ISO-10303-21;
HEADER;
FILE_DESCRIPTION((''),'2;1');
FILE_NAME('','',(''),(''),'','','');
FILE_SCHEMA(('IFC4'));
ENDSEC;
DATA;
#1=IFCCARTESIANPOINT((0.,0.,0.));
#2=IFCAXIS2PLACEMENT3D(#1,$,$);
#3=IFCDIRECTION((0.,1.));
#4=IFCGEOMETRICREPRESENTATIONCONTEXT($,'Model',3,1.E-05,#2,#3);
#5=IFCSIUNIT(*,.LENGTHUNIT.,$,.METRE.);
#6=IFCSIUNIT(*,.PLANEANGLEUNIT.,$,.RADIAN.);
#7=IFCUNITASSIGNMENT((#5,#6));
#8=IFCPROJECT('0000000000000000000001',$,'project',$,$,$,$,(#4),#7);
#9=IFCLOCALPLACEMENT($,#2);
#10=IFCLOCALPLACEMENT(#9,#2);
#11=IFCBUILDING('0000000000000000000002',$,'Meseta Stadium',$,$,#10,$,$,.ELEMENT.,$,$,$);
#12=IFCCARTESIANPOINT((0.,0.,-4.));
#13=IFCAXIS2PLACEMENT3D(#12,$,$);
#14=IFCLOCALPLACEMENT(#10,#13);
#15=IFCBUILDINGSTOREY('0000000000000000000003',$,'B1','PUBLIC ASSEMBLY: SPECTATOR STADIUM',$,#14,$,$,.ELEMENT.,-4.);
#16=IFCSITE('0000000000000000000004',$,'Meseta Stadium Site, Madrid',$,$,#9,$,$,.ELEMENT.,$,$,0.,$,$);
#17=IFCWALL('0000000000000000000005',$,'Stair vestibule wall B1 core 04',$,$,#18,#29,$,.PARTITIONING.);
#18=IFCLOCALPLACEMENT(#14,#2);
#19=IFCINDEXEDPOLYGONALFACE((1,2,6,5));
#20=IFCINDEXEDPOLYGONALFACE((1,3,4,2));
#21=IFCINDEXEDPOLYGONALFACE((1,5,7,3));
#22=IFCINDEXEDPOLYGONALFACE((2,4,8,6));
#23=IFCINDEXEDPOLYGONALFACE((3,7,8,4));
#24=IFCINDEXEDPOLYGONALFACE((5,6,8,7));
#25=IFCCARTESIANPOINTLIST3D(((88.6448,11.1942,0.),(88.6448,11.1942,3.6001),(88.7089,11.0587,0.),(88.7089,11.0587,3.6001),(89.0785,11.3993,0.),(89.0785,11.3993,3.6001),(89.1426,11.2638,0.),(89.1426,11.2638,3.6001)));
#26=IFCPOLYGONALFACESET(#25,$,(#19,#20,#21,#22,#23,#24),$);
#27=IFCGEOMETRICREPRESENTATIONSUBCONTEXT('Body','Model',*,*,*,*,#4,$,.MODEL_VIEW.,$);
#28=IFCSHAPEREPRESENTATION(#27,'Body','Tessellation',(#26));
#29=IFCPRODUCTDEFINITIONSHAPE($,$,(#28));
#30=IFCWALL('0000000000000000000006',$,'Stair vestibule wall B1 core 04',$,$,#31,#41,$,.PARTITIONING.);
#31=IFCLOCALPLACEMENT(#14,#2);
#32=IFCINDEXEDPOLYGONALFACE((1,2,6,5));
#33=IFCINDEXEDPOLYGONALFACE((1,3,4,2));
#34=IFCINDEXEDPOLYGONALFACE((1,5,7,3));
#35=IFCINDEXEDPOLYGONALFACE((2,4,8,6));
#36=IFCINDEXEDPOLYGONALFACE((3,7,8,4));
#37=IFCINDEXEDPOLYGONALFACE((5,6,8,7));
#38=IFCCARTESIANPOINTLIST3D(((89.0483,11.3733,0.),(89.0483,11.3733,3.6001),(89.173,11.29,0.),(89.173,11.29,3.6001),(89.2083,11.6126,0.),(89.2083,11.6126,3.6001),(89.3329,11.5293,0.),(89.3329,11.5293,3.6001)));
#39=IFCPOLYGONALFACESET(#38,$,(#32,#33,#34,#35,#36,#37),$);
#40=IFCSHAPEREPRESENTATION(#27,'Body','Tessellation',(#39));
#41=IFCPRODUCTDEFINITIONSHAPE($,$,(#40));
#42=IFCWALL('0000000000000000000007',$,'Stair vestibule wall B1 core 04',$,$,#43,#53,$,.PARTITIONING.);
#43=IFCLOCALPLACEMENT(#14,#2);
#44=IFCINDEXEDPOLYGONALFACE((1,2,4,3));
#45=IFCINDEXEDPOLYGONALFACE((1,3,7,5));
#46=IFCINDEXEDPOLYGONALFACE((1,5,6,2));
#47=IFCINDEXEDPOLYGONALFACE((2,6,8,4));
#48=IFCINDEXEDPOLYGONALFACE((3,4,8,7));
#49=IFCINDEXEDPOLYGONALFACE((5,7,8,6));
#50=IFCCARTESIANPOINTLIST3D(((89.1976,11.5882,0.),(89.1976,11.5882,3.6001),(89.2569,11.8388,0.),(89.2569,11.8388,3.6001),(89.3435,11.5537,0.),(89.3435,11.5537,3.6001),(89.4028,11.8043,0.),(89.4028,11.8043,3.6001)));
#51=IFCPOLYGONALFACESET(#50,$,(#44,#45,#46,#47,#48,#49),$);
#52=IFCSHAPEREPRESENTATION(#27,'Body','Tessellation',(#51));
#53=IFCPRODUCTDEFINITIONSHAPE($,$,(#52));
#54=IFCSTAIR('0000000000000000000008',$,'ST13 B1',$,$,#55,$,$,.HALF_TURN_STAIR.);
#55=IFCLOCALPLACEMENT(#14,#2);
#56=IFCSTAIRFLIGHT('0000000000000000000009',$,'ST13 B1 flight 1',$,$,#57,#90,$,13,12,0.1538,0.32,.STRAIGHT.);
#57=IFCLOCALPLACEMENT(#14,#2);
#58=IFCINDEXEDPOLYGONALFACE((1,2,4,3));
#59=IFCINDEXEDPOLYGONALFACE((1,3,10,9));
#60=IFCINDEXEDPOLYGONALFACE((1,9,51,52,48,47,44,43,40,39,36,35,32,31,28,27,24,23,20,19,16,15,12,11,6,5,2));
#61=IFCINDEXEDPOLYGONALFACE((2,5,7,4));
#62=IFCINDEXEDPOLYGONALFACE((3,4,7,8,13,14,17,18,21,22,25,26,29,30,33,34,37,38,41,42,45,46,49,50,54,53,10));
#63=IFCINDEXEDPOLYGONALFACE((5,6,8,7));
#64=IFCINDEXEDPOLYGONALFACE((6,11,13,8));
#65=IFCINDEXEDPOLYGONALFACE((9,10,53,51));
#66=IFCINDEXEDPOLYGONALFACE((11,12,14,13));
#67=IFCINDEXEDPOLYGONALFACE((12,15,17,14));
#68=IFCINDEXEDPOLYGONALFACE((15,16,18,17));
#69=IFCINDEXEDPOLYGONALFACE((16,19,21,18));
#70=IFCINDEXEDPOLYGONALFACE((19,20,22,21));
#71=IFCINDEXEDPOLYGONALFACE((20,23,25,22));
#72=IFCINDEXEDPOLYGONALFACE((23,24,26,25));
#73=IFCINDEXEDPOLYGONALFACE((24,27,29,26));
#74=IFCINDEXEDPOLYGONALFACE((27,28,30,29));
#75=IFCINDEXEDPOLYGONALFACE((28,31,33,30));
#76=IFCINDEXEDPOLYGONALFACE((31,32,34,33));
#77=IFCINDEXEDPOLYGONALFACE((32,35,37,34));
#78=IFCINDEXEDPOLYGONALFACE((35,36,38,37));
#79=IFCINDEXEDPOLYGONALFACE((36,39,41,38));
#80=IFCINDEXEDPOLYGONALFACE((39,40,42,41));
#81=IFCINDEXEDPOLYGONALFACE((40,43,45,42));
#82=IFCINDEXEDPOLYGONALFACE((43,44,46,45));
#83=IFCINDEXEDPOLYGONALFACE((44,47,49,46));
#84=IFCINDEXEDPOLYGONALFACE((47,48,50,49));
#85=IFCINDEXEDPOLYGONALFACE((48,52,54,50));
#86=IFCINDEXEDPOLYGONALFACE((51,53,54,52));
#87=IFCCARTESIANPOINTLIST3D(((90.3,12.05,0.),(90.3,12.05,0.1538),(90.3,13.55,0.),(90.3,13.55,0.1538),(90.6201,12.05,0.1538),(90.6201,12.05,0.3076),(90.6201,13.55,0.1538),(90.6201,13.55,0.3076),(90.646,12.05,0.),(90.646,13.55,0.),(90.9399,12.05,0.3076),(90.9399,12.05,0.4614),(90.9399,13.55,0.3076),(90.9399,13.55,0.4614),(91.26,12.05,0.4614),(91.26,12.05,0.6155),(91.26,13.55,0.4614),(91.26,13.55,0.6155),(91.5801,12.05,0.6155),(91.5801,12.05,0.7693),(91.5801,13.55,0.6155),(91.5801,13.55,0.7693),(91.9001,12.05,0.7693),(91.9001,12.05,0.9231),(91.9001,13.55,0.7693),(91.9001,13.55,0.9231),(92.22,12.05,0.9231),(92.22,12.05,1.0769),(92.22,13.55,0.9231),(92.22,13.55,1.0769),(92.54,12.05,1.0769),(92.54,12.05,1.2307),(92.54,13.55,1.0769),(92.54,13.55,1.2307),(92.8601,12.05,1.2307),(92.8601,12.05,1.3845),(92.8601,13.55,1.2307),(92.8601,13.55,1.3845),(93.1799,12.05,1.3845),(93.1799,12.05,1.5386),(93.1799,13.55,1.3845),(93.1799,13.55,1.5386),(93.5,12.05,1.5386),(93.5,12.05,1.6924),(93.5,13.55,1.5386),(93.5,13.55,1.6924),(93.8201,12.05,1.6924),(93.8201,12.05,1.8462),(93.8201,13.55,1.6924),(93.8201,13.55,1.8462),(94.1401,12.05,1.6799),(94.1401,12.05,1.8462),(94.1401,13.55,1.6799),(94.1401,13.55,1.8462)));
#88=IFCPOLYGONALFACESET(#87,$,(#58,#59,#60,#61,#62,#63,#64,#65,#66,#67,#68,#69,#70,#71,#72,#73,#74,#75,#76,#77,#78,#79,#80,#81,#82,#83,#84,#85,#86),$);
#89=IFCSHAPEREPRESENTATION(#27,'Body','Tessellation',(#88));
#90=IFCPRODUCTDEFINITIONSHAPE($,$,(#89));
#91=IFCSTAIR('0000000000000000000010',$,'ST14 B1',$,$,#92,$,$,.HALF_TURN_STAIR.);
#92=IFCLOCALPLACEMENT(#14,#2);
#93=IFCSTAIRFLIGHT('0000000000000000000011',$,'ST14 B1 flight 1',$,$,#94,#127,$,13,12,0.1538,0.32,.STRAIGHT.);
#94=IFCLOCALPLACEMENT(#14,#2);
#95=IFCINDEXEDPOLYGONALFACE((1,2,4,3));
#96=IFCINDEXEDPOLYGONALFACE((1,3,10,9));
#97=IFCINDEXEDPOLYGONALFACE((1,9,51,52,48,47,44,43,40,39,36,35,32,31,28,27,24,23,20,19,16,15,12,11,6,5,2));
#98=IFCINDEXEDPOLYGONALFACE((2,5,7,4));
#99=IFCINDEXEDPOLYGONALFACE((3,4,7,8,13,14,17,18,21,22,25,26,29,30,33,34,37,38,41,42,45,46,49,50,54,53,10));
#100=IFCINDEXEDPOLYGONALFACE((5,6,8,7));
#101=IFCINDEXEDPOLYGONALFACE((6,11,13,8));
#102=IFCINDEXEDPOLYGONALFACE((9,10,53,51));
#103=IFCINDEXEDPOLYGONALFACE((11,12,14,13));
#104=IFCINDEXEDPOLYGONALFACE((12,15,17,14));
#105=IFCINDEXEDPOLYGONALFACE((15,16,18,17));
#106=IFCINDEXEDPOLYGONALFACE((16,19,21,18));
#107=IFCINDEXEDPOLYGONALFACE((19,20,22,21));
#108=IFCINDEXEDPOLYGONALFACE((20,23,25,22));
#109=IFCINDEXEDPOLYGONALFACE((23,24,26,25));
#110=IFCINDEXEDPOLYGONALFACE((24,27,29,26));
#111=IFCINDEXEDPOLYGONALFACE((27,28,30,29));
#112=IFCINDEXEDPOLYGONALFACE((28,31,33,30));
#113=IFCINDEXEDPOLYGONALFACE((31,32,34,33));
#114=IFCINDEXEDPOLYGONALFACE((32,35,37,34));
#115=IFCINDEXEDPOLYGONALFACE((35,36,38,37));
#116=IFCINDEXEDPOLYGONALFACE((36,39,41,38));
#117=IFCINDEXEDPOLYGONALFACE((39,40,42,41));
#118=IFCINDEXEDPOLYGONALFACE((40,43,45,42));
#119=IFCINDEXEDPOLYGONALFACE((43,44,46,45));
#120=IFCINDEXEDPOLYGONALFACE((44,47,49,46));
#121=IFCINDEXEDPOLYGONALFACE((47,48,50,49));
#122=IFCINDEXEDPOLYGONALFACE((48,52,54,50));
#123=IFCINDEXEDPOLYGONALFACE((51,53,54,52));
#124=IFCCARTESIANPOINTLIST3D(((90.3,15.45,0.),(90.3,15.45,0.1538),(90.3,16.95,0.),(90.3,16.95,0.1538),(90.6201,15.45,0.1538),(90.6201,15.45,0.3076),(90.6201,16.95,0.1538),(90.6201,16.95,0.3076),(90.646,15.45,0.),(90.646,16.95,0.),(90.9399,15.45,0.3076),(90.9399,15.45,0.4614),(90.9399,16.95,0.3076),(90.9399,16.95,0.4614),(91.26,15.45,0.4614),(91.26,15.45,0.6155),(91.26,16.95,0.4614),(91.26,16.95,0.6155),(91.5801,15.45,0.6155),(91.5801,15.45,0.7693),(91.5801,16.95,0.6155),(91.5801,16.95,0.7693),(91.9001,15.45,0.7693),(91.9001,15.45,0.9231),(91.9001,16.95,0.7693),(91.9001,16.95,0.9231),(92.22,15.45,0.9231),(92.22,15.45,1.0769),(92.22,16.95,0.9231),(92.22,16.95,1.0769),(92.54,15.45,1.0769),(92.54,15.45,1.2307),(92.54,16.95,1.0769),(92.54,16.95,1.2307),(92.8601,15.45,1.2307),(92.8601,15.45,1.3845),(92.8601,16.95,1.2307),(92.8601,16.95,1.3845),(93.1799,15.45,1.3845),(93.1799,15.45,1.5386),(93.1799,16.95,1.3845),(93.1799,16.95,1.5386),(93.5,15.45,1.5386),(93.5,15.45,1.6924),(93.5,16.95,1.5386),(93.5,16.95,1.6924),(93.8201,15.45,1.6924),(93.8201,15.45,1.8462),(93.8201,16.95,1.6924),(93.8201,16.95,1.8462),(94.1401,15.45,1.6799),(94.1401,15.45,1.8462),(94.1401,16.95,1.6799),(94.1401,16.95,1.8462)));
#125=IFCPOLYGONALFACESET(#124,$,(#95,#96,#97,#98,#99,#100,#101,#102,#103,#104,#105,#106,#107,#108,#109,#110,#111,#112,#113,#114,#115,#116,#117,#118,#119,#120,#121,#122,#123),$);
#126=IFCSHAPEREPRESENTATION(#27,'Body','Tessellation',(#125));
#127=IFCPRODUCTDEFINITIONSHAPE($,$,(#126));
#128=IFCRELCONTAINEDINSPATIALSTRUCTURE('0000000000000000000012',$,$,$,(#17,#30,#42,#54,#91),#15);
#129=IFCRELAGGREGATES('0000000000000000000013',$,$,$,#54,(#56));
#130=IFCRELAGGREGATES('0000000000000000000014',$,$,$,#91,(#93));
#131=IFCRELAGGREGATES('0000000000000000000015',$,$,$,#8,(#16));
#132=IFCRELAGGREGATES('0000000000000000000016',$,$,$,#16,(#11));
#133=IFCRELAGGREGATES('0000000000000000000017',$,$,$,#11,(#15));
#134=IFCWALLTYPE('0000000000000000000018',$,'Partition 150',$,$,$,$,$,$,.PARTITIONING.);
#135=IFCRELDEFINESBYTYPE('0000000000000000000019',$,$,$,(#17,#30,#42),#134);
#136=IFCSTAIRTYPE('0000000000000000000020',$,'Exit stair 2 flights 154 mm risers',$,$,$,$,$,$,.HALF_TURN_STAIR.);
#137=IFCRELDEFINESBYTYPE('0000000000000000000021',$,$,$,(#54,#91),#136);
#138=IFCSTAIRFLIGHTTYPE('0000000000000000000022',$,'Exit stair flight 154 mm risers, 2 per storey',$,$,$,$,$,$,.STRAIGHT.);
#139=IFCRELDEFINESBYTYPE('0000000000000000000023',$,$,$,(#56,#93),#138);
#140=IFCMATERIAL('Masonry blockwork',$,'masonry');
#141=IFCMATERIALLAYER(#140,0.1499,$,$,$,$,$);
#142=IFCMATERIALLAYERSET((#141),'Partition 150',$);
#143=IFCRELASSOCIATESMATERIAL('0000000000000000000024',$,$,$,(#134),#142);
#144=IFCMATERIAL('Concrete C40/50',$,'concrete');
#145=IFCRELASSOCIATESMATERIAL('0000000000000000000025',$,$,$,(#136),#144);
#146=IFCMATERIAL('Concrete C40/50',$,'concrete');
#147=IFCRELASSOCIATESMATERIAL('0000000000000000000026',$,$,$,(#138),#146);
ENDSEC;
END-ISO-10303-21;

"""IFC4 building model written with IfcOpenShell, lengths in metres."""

from ifc_helpers import new_model, si_unit, direction, frame, frame_2d, origin, place, context, subcontext, project, spatial, polyline, rectangle, outline, extrude, material, layer, layer_set, type_object, element, aggregate, save


model = new_model("IFC4")

# Units and contexts
model_context = context("Model", 3, precision=1e-05, world=origin(), true_north=direction((0.0, 1.0)))
body_context = subcontext(model_context, "Body", "Model", "MODEL_VIEW")
ifc_project = project(units=[si_unit("LENGTHUNIT", "METRE"), si_unit("PLANEANGLEUNIT", "RADIAN")], contexts=[model_context])

# Site, building, storey
site_placement = place(None, origin())
site = spatial("IfcSite", under=ifc_project, at=site_placement, Name="Meseta Stadium Site, Madrid", CompositionType="ELEMENT", RefElevation=0.0)
building_placement = place(site_placement, origin())
building = spatial("IfcBuilding", under=site, at=building_placement, Name="Meseta Stadium", CompositionType="ELEMENT")
storey_placement = place(building_placement, frame((0.0, 0.0, -4.0)))
storey = spatial("IfcBuildingStorey", under=building, at=storey_placement, Name="B1", Description="PUBLIC ASSEMBLY: SPECTATOR STADIUM", CompositionType="ELEMENT", Elevation=-4.0)

# Shared definitions
ifc_material_1 = material(Name="Masonry blockwork", Category="masonry")
ifc_layer_1 = layer(ifc_material_1, 0.1499)
ifc_layer_set_1 = layer_set([ifc_layer_1], Name="Partition 150")
wall_type_1 = type_object("IfcWallType", Name="Partition 150", PredefinedType="PARTITIONING", material=ifc_layer_set_1)

# Walls
wall_1_placement = place(storey_placement, frame((88.677, 11.1265, 0.0), z_axis=(0.0, 0.0, 1.0), x_axis=(0.903986, 0.427561, 0.0)))
element("IfcWall", 1, at=wall_1_placement, inside=storey, type_object=wall_type_1, Name="Stair vestibule wall B1 core 04", PredefinedType="PARTITIONING", context=body_context, shape_type="SweptSolid", body=[
    extrude(rectangle(XDim=0.4797, YDim=0.1499, at=frame_2d((0.2397, 0.0))), origin(), (0.0, 0.0, 1.0), 3.6001),
])
wall_2_placement = place(storey_placement, frame((89.1106, 11.3315, 0.0), z_axis=(0.0, 0.0, 1.0), x_axis=(0.555679, 0.831397, 0.0)))
element("IfcWall", 2, at=wall_2_placement, inside=storey, type_object=wall_type_1, Name="Stair vestibule wall B1 core 04", PredefinedType="PARTITIONING", context=body_context, shape_type="SweptSolid", body=[
    extrude(rectangle(XDim=0.2878, YDim=0.1499, at=frame_2d((0.144, 0.0))), origin(), (0.0, 0.0, 1.0), 3.6001),
])
wall_3_placement = place(storey_placement, frame((89.2705, 11.5708, 0.0), z_axis=(0.0, 0.0, 1.0), x_axis=(0.230254, 0.973131, 0.0)))
element("IfcWall", 3, at=wall_3_placement, inside=storey, type_object=wall_type_1, Name="Stair vestibule wall B1 core 04", PredefinedType="PARTITIONING", context=body_context, shape_type="SweptSolid", body=[
    extrude(rectangle(XDim=0.2576, YDim=0.1499, at=frame_2d((0.1289, 0.0))), origin(), (0.0, 0.0, 1.0), 3.6001),
])

# Stairs, stair flights
ifc_material_2 = material(Name="Concrete C40/50", Category="concrete")
stair_type = type_object("IfcStairType", Name="Exit stair 2 flights 154 mm risers", PredefinedType="HALF_TURN_STAIR", material=ifc_material_2)
stair_1_placement = place(storey_placement, origin())
stair_1 = element("IfcStair", 4, at=stair_1_placement, inside=storey, type_object=stair_type, Name="ST13 B1", PredefinedType="HALF_TURN_STAIR")
ifc_material_3 = material(Name="Concrete C40/50", Category="concrete")
stair_flight_type = type_object("IfcStairFlightType", Name="Exit stair flight 154 mm risers, 2 per storey", PredefinedType="STRAIGHT", material=ifc_material_3)
stair_flight_1_placement = place(storey_placement, frame((90.3, 12.8, 0.0), z_axis=(0.0, 0.0, 1.0), x_axis=(1.0, 0.0, 0.0)))
stair_flight_1 = element("IfcStairFlight", 5, at=stair_flight_1_placement, type_object=stair_flight_type, Name="ST13 B1 flight 1", NumberOfRisers=13, NumberOfTreads=12, PredefinedType="STRAIGHT", RiserHeight=0.1538, TreadLength=0.32, context=body_context, shape_type="SweptSolid", body=[
    extrude(outline(polyline([(0.0, 0.0), (0.0, 0.1538), (0.3201, 0.1538), (0.3201, 0.3076), (0.6399, 0.3076), (0.6399, 0.4614), (0.96, 0.4614), (0.96, 0.6155), (1.28, 0.6155), (1.28, 0.7693), (1.6001, 0.7693), (1.6001, 0.9231), (1.9199, 0.9231), (1.9199, 1.0769), (2.24, 1.0769), (2.24, 1.2307), (2.5601, 1.2307), (2.5601, 1.3845), (2.8799, 1.3845), (2.8799, 1.5386), (3.2, 1.5386), (3.2, 1.6924), (3.52, 1.6924), (3.52, 1.8462), (3.8401, 1.8462), (3.8401, 1.6799), (0.3459, 0.0), (0.0, 0.0)])), frame((0.0, 0.75, 0.0), z_axis=(0.0, -1.0, 0.0), x_axis=(1.0, 0.0, 0.0)), (0.0, 0.0, 1.0), 1.5),
])
aggregate(stair_1, [stair_flight_1])
stair_2_placement = place(storey_placement, origin())
stair_2 = element("IfcStair", 6, at=stair_2_placement, inside=storey, type_object=stair_type, Name="ST14 B1", PredefinedType="HALF_TURN_STAIR")
stair_flight_2_placement = place(storey_placement, frame((90.3, 16.2, 0.0), z_axis=(0.0, 0.0, 1.0), x_axis=(1.0, 0.0, 0.0)))
stair_flight_2 = element("IfcStairFlight", 7, at=stair_flight_2_placement, type_object=stair_flight_type, Name="ST14 B1 flight 1", NumberOfRisers=13, NumberOfTreads=12, PredefinedType="STRAIGHT", RiserHeight=0.1538, TreadLength=0.32, context=body_context, shape_type="SweptSolid", body=[
    extrude(outline(polyline([(0.0, 0.0), (0.0, 0.1538), (0.3201, 0.1538), (0.3201, 0.3076), (0.6399, 0.3076), (0.6399, 0.4614), (0.96, 0.4614), (0.96, 0.6155), (1.28, 0.6155), (1.28, 0.7693), (1.6001, 0.7693), (1.6001, 0.9231), (1.9199, 0.9231), (1.9199, 1.0769), (2.24, 1.0769), (2.24, 1.2307), (2.5601, 1.2307), (2.5601, 1.3845), (2.8799, 1.3845), (2.8799, 1.5386), (3.2, 1.5386), (3.2, 1.6924), (3.52, 1.6924), (3.52, 1.8462), (3.8401, 1.8462), (3.8401, 1.6799), (0.3459, 0.0), (0.0, 0.0)])), frame((0.0, 0.75, 0.0), z_axis=(0.0, -1.0, 0.0), x_axis=(1.0, 0.0, 0.0)), (0.0, 0.0, 1.0), 1.5),
])
aggregate(stair_2, [stair_flight_2])

save(model, "model.ifc")
